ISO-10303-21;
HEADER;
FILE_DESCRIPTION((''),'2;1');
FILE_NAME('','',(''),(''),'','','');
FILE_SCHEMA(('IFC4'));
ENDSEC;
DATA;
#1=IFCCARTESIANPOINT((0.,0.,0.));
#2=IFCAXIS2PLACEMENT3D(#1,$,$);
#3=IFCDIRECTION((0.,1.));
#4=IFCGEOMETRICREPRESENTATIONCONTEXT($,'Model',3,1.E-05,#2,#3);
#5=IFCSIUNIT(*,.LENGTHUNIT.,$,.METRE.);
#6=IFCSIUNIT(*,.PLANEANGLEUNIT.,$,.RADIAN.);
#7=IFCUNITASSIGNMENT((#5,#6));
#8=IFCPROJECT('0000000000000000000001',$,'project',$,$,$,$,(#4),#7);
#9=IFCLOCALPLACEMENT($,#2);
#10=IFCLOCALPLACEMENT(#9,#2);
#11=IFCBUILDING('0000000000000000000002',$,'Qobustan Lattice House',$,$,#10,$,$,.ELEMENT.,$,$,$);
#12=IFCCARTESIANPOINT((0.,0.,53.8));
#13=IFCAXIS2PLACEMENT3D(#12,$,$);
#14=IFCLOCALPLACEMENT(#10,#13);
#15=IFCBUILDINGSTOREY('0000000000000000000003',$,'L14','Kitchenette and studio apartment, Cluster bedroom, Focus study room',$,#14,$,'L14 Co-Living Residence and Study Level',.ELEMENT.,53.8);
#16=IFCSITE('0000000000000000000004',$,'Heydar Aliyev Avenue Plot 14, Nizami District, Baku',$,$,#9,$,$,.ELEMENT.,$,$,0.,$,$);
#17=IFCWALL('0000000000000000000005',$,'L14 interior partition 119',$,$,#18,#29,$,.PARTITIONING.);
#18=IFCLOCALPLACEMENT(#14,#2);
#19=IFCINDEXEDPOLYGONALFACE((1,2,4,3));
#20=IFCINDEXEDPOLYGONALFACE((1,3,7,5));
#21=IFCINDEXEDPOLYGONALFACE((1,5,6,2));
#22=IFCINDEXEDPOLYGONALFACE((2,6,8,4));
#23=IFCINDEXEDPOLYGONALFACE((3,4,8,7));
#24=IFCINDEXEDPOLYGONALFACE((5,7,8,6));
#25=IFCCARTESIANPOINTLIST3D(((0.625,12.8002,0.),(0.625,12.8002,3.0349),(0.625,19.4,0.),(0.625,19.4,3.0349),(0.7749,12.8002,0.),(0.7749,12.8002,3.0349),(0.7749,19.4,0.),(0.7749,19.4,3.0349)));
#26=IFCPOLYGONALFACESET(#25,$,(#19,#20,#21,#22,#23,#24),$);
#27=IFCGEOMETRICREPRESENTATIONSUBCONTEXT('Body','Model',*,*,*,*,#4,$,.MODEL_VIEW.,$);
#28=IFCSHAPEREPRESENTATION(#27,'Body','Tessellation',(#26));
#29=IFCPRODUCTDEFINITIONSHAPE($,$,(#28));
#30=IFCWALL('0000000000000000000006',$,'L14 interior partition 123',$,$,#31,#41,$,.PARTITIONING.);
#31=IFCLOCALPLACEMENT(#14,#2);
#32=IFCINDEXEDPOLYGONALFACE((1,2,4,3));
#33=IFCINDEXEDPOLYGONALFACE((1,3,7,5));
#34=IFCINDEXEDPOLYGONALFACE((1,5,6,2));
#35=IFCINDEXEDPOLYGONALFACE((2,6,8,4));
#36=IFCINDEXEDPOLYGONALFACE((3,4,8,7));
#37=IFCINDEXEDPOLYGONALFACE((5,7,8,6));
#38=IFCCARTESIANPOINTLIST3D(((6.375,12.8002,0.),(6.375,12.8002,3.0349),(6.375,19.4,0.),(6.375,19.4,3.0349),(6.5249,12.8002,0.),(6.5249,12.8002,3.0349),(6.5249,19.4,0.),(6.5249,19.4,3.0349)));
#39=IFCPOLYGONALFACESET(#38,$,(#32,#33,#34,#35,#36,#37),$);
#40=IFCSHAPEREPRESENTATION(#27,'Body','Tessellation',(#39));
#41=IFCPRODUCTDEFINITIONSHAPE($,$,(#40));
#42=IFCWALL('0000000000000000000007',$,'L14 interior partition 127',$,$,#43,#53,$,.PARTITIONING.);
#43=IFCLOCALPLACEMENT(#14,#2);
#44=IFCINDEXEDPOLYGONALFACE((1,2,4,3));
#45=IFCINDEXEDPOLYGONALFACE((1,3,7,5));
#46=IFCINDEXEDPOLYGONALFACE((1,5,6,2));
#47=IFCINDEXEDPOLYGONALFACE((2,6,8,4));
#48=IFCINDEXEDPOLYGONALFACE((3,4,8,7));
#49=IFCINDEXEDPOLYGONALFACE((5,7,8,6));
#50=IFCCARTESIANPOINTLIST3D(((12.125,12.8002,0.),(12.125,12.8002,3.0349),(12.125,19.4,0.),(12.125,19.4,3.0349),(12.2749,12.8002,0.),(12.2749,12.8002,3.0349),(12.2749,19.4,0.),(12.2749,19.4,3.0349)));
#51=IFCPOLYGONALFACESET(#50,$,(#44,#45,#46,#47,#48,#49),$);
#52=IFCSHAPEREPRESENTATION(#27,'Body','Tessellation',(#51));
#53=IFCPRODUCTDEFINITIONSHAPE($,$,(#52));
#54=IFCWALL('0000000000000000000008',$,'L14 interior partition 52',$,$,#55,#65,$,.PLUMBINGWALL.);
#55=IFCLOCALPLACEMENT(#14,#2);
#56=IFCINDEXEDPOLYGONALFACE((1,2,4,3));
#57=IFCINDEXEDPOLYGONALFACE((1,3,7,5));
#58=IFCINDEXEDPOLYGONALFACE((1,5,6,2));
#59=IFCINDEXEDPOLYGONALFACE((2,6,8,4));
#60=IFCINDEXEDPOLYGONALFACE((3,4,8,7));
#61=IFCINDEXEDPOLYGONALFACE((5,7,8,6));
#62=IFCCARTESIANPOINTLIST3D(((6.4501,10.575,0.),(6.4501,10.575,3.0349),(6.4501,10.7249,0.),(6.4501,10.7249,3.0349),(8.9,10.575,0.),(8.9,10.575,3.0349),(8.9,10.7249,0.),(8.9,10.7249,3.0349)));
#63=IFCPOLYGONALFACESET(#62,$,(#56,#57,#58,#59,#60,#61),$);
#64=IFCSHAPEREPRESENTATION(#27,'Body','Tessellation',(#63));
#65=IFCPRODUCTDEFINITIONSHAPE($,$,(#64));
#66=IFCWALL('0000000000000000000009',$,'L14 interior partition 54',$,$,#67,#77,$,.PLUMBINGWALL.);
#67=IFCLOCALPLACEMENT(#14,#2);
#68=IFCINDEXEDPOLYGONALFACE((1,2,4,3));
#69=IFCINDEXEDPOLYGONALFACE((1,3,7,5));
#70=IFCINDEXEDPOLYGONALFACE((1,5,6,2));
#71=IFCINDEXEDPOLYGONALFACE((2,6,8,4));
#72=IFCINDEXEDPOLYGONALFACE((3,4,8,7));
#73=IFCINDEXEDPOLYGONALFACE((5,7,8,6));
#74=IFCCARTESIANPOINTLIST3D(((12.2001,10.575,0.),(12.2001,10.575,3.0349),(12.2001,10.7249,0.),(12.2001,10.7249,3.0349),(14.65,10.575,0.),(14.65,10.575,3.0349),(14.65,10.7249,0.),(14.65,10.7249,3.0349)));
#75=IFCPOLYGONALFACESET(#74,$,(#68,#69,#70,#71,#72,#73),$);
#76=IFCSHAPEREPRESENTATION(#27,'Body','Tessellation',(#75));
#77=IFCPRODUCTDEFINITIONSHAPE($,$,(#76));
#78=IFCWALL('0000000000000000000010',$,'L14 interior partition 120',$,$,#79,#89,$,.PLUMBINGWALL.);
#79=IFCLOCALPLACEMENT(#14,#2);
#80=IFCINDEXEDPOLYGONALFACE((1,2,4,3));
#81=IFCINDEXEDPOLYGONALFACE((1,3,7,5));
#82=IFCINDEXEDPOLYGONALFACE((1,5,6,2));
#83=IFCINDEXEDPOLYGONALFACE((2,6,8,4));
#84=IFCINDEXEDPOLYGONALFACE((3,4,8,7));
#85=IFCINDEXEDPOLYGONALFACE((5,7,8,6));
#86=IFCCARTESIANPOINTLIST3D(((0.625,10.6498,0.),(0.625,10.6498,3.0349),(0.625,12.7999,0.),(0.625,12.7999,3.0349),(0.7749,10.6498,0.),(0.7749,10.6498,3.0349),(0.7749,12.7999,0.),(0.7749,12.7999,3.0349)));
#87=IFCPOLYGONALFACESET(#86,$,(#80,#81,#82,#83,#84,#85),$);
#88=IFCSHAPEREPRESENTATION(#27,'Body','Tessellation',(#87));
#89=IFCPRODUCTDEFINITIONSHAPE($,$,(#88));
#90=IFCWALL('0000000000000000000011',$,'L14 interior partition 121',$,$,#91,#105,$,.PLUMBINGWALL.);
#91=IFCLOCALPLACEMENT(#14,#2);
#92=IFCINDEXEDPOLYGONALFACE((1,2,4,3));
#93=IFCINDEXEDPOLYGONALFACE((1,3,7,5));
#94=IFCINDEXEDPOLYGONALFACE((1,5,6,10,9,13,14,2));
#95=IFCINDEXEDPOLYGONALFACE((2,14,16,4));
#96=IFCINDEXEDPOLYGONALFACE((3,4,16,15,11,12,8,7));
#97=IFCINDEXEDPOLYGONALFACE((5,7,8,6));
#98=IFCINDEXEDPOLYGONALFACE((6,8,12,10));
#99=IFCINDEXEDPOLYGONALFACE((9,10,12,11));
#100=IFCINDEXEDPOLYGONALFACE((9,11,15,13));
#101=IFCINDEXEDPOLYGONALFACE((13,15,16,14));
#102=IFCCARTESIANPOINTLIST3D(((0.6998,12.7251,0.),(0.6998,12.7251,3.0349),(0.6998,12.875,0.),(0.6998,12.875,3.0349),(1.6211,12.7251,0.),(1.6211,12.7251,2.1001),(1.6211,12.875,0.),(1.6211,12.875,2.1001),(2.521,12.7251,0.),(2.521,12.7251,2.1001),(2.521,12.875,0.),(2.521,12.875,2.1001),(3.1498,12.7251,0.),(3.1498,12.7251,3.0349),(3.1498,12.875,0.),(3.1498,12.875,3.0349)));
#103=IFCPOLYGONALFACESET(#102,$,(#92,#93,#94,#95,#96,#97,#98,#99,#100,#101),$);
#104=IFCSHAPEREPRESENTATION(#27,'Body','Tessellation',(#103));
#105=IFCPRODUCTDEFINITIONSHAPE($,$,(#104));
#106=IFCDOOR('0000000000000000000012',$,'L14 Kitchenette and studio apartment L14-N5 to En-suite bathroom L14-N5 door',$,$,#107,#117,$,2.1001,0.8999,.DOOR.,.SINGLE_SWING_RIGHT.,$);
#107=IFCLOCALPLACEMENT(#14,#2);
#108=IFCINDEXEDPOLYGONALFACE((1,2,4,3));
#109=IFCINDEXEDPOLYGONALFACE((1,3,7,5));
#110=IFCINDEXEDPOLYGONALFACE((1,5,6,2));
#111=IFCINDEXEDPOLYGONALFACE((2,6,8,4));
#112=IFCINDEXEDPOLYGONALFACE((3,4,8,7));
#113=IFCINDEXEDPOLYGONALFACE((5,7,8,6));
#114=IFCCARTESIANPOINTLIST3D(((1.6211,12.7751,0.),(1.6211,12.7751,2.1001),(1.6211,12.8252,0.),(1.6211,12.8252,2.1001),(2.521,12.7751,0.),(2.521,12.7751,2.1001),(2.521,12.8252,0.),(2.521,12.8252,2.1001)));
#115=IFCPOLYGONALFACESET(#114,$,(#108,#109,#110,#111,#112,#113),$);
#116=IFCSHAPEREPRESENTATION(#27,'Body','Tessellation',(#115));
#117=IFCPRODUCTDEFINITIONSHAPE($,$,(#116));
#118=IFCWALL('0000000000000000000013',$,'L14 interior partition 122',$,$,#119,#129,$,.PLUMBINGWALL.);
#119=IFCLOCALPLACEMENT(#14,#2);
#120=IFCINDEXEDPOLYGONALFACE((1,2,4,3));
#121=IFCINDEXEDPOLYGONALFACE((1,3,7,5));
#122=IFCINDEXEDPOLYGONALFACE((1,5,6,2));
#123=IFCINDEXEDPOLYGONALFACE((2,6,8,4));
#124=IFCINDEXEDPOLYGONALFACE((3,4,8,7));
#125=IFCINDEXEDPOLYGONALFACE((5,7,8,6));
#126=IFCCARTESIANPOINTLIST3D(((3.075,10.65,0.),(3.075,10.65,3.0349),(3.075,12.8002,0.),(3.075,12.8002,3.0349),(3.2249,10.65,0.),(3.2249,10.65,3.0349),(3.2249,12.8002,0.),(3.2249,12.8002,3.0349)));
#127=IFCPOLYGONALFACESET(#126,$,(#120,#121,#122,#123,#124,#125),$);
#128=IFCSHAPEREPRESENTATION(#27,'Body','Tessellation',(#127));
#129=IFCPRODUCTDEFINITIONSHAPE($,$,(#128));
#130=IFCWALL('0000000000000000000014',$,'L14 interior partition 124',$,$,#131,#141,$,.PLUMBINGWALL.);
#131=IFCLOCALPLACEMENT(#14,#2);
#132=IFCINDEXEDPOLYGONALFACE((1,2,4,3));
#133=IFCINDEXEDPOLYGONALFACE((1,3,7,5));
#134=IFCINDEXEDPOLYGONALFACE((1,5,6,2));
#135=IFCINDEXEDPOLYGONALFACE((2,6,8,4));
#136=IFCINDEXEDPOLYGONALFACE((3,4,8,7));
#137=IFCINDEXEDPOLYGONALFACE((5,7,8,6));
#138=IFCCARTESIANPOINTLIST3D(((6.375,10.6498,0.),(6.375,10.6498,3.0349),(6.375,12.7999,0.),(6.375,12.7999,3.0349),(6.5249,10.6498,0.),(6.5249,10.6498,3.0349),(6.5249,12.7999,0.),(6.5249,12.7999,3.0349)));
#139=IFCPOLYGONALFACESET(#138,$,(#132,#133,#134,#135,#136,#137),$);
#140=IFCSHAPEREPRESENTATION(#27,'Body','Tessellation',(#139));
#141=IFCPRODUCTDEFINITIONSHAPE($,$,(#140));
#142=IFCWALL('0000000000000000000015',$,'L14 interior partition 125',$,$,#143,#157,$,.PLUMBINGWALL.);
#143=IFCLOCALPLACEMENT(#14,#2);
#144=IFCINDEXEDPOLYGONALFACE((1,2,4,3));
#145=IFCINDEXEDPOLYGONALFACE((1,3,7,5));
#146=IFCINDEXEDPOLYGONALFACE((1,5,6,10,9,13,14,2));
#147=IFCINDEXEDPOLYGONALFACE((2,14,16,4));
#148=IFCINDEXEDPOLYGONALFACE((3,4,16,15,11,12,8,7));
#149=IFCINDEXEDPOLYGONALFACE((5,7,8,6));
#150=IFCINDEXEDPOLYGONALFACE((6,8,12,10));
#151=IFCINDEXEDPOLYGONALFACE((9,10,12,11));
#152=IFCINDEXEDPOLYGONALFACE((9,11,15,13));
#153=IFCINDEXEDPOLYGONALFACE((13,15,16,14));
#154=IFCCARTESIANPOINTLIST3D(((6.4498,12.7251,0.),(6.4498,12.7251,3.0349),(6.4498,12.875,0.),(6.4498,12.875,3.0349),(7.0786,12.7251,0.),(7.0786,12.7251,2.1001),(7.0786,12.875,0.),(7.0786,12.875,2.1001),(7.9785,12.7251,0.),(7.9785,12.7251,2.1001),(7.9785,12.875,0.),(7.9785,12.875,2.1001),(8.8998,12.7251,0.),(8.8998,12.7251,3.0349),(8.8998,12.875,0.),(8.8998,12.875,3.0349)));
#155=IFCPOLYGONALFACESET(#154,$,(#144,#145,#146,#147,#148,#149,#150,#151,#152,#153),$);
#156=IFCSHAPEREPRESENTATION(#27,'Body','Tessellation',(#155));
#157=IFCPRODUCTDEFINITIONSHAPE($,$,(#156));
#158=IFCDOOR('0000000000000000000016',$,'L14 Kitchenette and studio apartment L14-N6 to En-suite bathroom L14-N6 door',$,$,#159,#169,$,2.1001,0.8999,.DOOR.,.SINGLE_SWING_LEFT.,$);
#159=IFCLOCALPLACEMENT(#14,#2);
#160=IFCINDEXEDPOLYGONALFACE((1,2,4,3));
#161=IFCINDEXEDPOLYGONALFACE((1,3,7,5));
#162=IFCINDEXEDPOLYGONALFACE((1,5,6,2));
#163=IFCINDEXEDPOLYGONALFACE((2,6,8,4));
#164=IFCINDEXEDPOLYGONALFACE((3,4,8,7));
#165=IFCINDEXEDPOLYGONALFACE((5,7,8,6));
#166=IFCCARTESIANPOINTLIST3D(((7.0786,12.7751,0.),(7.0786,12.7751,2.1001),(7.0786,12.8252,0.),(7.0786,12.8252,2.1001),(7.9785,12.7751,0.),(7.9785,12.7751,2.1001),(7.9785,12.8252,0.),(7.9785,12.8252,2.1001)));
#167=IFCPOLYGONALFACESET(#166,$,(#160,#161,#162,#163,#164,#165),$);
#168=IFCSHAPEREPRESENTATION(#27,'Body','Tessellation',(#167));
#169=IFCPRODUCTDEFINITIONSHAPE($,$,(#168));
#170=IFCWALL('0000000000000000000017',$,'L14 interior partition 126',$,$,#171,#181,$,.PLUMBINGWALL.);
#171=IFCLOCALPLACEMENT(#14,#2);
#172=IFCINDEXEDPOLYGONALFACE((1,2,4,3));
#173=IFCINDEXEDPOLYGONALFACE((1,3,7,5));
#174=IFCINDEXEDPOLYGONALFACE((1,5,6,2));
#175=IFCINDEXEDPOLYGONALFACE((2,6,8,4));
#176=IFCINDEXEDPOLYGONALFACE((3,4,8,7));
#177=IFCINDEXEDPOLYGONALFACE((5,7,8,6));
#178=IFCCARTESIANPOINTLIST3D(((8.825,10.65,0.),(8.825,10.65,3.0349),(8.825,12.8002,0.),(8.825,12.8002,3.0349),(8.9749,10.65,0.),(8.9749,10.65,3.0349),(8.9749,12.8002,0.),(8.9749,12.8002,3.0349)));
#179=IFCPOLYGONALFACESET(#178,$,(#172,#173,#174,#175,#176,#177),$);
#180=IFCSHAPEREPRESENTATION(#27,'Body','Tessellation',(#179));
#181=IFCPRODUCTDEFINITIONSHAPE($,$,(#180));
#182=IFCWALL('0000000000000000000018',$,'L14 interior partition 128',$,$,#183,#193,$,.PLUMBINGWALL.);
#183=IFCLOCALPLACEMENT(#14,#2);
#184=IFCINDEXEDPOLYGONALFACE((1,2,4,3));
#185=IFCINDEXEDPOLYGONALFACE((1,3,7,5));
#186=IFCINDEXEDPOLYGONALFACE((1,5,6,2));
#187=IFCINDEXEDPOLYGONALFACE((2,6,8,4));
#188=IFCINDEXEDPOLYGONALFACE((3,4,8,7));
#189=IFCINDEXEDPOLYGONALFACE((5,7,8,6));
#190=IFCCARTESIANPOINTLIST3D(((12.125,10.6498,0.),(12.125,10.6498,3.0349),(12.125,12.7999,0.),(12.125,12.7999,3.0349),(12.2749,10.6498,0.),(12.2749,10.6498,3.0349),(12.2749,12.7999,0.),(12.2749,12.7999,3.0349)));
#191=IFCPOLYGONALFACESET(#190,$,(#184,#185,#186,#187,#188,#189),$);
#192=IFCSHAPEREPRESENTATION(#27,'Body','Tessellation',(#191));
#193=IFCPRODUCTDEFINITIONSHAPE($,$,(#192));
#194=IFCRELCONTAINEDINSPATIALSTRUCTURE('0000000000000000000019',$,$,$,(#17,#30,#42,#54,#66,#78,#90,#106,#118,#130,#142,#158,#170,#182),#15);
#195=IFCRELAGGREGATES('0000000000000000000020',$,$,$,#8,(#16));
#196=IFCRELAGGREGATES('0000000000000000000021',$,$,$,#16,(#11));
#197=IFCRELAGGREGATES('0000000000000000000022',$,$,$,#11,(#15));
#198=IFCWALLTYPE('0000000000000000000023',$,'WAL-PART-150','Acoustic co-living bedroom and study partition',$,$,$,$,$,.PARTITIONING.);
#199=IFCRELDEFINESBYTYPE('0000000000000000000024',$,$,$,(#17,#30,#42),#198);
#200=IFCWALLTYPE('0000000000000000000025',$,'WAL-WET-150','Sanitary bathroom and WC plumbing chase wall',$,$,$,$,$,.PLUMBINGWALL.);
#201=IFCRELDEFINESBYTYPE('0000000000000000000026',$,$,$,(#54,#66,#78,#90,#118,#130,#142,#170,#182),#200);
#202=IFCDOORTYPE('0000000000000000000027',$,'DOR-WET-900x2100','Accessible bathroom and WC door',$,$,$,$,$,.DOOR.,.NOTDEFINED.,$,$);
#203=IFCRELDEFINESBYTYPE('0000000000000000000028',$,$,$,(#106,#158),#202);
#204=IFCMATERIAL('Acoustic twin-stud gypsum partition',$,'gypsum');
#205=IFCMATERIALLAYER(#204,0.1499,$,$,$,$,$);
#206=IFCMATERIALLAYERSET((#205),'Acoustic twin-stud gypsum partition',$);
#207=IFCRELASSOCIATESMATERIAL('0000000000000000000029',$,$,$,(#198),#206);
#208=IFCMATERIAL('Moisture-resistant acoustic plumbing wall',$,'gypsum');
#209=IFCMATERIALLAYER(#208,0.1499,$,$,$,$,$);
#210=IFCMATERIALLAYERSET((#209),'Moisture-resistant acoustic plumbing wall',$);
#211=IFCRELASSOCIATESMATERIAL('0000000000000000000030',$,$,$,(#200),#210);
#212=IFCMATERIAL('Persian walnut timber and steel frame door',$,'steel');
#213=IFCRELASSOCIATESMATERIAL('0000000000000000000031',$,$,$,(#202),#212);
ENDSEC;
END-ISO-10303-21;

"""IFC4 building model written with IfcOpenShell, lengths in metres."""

from ifc_helpers import new_model, si_unit, direction, frame, frame_2d, origin, place, context, subcontext, project, spatial, rectangle, extrude, material, layer, layer_set, type_object, element, fill, save


model = new_model("IFC4")

# Units and contexts
model_context = context("Model", 3, precision=1e-05, world=origin(), true_north=direction((0.0, 1.0)))
body_context = subcontext(model_context, "Body", "Model", "MODEL_VIEW")
ifc_project = project(units=[si_unit("LENGTHUNIT", "METRE"), si_unit("PLANEANGLEUNIT", "RADIAN")], contexts=[model_context])

# Site, building, storey
site_placement = place(None, origin())
site = spatial("IfcSite", under=ifc_project, at=site_placement, Name="Heydar Aliyev Avenue Plot 14, Nizami District, Baku", CompositionType="ELEMENT", RefElevation=0.0)
building_placement = place(site_placement, origin())
building = spatial("IfcBuilding", under=site, at=building_placement, Name="Qobustan Lattice House", CompositionType="ELEMENT")
storey_placement = place(building_placement, frame((0.0, 0.0, 53.8)))
storey = spatial("IfcBuildingStorey", under=building, at=storey_placement, Name="L14", Description="Kitchenette and studio apartment, Cluster bedroom, Focus study room", LongName="L14 Co-Living Residence and Study Level", CompositionType="ELEMENT", Elevation=53.8)

# Walls
ifc_material_1 = material(Name="Acoustic twin-stud gypsum partition", Category="gypsum")
ifc_layer_1 = layer(ifc_material_1, 0.1499)
ifc_layer_set_1 = layer_set([ifc_layer_1], Name="Acoustic twin-stud gypsum partition")
wall_type_1 = type_object("IfcWallType", Name="WAL-PART-150", Description="Acoustic co-living bedroom and study partition", PredefinedType="PARTITIONING", material=ifc_layer_set_1)
for number, where, z_axis, x_axis, name in (
    (1, (0.7, 19.3999, 0.0), (0.0, 0.0, 1.0), (0.0, -1.0, 0.0), "L14 interior partition 119"),
    (2, (6.45, 19.3999, 0.0), (0.0, 0.0, 1.0), (0.0, -1.0, 0.0), "L14 interior partition 123"),
    (3, (12.2, 19.3999, 0.0), (0.0, 0.0, 1.0), (0.0, -1.0, 0.0), "L14 interior partition 127"),
):
    element("IfcWall", number, at=place(storey_placement, frame(where, z_axis=z_axis, x_axis=x_axis)), inside=storey, type_object=wall_type_1, Name=name, PredefinedType="PARTITIONING", context=body_context, shape_type="SweptSolid", body=[
        extrude(rectangle(XDim=6.5999, YDim=0.1499, at=frame_2d((3.2998, 0.0))), origin(), (0.0, 0.0, 1.0), 3.0349),
    ])
ifc_material_2 = material(Name="Moisture-resistant acoustic plumbing wall", Category="gypsum")
ifc_layer_2 = layer(ifc_material_2, 0.1499)
ifc_layer_set_2 = layer_set([ifc_layer_2], Name="Moisture-resistant acoustic plumbing wall")
wall_type_2 = type_object("IfcWallType", Name="WAL-WET-150", Description="Sanitary bathroom and WC plumbing chase wall", PredefinedType="PLUMBINGWALL", material=ifc_layer_set_2)
for number, where, z_axis, x_axis, name in (
    (4, (6.45, 10.6499, 0.0), (0.0, 0.0, 1.0), (1.0, 0.0, 0.0), "L14 interior partition 52"),
    (5, (12.2, 10.6499, 0.0), (0.0, 0.0, 1.0), (1.0, 0.0, 0.0), "L14 interior partition 54"),
):
    element("IfcWall", number, at=place(storey_placement, frame(where, z_axis=z_axis, x_axis=x_axis)), inside=storey, type_object=wall_type_2, Name=name, PredefinedType="PLUMBINGWALL", context=body_context, shape_type="SweptSolid", body=[
        extrude(rectangle(XDim=2.45, YDim=0.1499, at=frame_2d((1.2251, 0.0))), origin(), (0.0, 0.0, 1.0), 3.0349),
    ])
wall_1_placement = place(storey_placement, frame((0.7, 12.8, 0.0), z_axis=(0.0, 0.0, 1.0), x_axis=(0.0, -1.0, 0.0)))
element("IfcWall", 6, at=wall_1_placement, inside=storey, type_object=wall_type_2, Name="L14 interior partition 120", PredefinedType="PLUMBINGWALL", context=body_context, shape_type="SweptSolid", body=[
    extrude(rectangle(XDim=2.1501, YDim=0.1499, at=frame_2d((1.0752, 0.0))), origin(), (0.0, 0.0, 1.0), 3.0349),
])

# Wall, opening, door
wall_2_placement = place(storey_placement, frame((3.1499, 12.8, 0.0), z_axis=(0.0, 0.0, 1.0), x_axis=(-1.0, 0.0, 0.0)))
wall_2 = element("IfcWall", 7, at=wall_2_placement, inside=storey, type_object=wall_type_2, Name="L14 interior partition 121", PredefinedType="PLUMBINGWALL", context=body_context, shape_type="SweptSolid", body=[
    extrude(rectangle(XDim=2.45, YDim=0.1499, at=frame_2d((1.2251, 0.0))), origin(), (0.0, 0.0, 1.0), 3.0349),
])
opening_1_placement = place(wall_2_placement, frame((0.6289, 0.0, 0.0)))
opening_1 = element("IfcOpeningElement", 8, at=opening_1_placement, cuts=wall_2, PredefinedType="OPENING", context=body_context, shape_type="SweptSolid", body=[
    extrude(rectangle(XDim=0.8999, YDim=2.1001, at=frame_2d((0.45, 1.05))), frame((0.0, 0.085, 0.0), z_axis=(0.0, -1.0, 0.0), x_axis=(1.0, 0.0, 0.0)), (0.0, 0.0, 1.0), 0.1699),
])
ifc_material_3 = material(Name="Persian walnut timber and steel frame door", Category="steel")
door_type_1 = type_object("IfcDoorType", Name="DOR-WET-900x2100", Description="Accessible bathroom and WC door", OperationType="NOTDEFINED", PredefinedType="DOOR", material=ifc_material_3)
door_1_placement = place(opening_1_placement, origin())
door_1 = element("IfcDoor", 9, at=door_1_placement, inside=storey, type_object=door_type_1, Name="L14 Kitchenette and studio apartment L14-N5 to En-suite bathroom L14-N5 door", OperationType="SINGLE_SWING_RIGHT", OverallHeight=2.1001, OverallWidth=0.8999, PredefinedType="DOOR", context=body_context, shape_type="SweptSolid", body=[
    extrude(rectangle(XDim=0.8999, YDim=2.1001, at=frame_2d((0.45, 1.05))), frame((0.0, 0.0249, 0.0), z_axis=(0.0, -1.0, 0.0), x_axis=(1.0, 0.0, 0.0)), (0.0, 0.0, 1.0), 0.05),
])
fill(opening_1, door_1)

# Walls
for number, where, z_axis, x_axis, name in (
    (10, (3.1499, 10.6499, 0.0), (0.0, 0.0, 1.0), (0.0, 1.0, 0.0), "L14 interior partition 122"),
    (11, (6.45, 12.8, 0.0), (0.0, 0.0, 1.0), (0.0, -1.0, 0.0), "L14 interior partition 124"),
):
    element("IfcWall", number, at=place(storey_placement, frame(where, z_axis=z_axis, x_axis=x_axis)), inside=storey, type_object=wall_type_2, Name=name, PredefinedType="PLUMBINGWALL", context=body_context, shape_type="SweptSolid", body=[
        extrude(rectangle(XDim=2.1501, YDim=0.1499, at=frame_2d((1.0752, 0.0))), origin(), (0.0, 0.0, 1.0), 3.0349),
    ])

# Wall, opening, door
wall_3_placement = place(storey_placement, frame((8.8999, 12.8, 0.0), z_axis=(0.0, 0.0, 1.0), x_axis=(-1.0, 0.0, 0.0)))
wall_3 = element("IfcWall", 12, at=wall_3_placement, inside=storey, type_object=wall_type_2, Name="L14 interior partition 125", PredefinedType="PLUMBINGWALL", context=body_context, shape_type="SweptSolid", body=[
    extrude(rectangle(XDim=2.45, YDim=0.1499, at=frame_2d((1.2251, 0.0))), origin(), (0.0, 0.0, 1.0), 3.0349),
])
opening_2_placement = place(wall_3_placement, frame((0.9214, 0.0, 0.0)))
opening_2 = element("IfcOpeningElement", 13, at=opening_2_placement, cuts=wall_3, PredefinedType="OPENING", context=body_context, shape_type="SweptSolid", body=[
    extrude(rectangle(XDim=0.8999, YDim=2.1001, at=frame_2d((0.45, 1.05))), frame((0.0, 0.085, 0.0), z_axis=(0.0, -1.0, 0.0), x_axis=(1.0, 0.0, 0.0)), (0.0, 0.0, 1.0), 0.1699),
])
door_2_placement = place(opening_2_placement, origin())
door_2 = element("IfcDoor", 14, at=door_2_placement, inside=storey, type_object=door_type_1, Name="L14 Kitchenette and studio apartment L14-N6 to En-suite bathroom L14-N6 door", OperationType="SINGLE_SWING_LEFT", OverallHeight=2.1001, OverallWidth=0.8999, PredefinedType="DOOR", context=body_context, shape_type="SweptSolid", body=[
    extrude(rectangle(XDim=0.8999, YDim=2.1001, at=frame_2d((0.45, 1.05))), frame((0.0, 0.0249, 0.0), z_axis=(0.0, -1.0, 0.0), x_axis=(1.0, 0.0, 0.0)), (0.0, 0.0, 1.0), 0.05),
])
fill(opening_2, door_2)

# Walls
for number, where, z_axis, x_axis, name in (
    (15, (8.8999, 10.6499, 0.0), (0.0, 0.0, 1.0), (0.0, 1.0, 0.0), "L14 interior partition 126"),
    (16, (12.2, 12.8, 0.0), (0.0, 0.0, 1.0), (0.0, -1.0, 0.0), "L14 interior partition 128"),
):
    element("IfcWall", number, at=place(storey_placement, frame(where, z_axis=z_axis, x_axis=x_axis)), inside=storey, type_object=wall_type_2, Name=name, PredefinedType="PLUMBINGWALL", context=body_context, shape_type="SweptSolid", body=[
        extrude(rectangle(XDim=2.1501, YDim=0.1499, at=frame_2d((1.0752, 0.0))), origin(), (0.0, 0.0, 1.0), 3.0349),
    ])

save(model, "model.ifc")
